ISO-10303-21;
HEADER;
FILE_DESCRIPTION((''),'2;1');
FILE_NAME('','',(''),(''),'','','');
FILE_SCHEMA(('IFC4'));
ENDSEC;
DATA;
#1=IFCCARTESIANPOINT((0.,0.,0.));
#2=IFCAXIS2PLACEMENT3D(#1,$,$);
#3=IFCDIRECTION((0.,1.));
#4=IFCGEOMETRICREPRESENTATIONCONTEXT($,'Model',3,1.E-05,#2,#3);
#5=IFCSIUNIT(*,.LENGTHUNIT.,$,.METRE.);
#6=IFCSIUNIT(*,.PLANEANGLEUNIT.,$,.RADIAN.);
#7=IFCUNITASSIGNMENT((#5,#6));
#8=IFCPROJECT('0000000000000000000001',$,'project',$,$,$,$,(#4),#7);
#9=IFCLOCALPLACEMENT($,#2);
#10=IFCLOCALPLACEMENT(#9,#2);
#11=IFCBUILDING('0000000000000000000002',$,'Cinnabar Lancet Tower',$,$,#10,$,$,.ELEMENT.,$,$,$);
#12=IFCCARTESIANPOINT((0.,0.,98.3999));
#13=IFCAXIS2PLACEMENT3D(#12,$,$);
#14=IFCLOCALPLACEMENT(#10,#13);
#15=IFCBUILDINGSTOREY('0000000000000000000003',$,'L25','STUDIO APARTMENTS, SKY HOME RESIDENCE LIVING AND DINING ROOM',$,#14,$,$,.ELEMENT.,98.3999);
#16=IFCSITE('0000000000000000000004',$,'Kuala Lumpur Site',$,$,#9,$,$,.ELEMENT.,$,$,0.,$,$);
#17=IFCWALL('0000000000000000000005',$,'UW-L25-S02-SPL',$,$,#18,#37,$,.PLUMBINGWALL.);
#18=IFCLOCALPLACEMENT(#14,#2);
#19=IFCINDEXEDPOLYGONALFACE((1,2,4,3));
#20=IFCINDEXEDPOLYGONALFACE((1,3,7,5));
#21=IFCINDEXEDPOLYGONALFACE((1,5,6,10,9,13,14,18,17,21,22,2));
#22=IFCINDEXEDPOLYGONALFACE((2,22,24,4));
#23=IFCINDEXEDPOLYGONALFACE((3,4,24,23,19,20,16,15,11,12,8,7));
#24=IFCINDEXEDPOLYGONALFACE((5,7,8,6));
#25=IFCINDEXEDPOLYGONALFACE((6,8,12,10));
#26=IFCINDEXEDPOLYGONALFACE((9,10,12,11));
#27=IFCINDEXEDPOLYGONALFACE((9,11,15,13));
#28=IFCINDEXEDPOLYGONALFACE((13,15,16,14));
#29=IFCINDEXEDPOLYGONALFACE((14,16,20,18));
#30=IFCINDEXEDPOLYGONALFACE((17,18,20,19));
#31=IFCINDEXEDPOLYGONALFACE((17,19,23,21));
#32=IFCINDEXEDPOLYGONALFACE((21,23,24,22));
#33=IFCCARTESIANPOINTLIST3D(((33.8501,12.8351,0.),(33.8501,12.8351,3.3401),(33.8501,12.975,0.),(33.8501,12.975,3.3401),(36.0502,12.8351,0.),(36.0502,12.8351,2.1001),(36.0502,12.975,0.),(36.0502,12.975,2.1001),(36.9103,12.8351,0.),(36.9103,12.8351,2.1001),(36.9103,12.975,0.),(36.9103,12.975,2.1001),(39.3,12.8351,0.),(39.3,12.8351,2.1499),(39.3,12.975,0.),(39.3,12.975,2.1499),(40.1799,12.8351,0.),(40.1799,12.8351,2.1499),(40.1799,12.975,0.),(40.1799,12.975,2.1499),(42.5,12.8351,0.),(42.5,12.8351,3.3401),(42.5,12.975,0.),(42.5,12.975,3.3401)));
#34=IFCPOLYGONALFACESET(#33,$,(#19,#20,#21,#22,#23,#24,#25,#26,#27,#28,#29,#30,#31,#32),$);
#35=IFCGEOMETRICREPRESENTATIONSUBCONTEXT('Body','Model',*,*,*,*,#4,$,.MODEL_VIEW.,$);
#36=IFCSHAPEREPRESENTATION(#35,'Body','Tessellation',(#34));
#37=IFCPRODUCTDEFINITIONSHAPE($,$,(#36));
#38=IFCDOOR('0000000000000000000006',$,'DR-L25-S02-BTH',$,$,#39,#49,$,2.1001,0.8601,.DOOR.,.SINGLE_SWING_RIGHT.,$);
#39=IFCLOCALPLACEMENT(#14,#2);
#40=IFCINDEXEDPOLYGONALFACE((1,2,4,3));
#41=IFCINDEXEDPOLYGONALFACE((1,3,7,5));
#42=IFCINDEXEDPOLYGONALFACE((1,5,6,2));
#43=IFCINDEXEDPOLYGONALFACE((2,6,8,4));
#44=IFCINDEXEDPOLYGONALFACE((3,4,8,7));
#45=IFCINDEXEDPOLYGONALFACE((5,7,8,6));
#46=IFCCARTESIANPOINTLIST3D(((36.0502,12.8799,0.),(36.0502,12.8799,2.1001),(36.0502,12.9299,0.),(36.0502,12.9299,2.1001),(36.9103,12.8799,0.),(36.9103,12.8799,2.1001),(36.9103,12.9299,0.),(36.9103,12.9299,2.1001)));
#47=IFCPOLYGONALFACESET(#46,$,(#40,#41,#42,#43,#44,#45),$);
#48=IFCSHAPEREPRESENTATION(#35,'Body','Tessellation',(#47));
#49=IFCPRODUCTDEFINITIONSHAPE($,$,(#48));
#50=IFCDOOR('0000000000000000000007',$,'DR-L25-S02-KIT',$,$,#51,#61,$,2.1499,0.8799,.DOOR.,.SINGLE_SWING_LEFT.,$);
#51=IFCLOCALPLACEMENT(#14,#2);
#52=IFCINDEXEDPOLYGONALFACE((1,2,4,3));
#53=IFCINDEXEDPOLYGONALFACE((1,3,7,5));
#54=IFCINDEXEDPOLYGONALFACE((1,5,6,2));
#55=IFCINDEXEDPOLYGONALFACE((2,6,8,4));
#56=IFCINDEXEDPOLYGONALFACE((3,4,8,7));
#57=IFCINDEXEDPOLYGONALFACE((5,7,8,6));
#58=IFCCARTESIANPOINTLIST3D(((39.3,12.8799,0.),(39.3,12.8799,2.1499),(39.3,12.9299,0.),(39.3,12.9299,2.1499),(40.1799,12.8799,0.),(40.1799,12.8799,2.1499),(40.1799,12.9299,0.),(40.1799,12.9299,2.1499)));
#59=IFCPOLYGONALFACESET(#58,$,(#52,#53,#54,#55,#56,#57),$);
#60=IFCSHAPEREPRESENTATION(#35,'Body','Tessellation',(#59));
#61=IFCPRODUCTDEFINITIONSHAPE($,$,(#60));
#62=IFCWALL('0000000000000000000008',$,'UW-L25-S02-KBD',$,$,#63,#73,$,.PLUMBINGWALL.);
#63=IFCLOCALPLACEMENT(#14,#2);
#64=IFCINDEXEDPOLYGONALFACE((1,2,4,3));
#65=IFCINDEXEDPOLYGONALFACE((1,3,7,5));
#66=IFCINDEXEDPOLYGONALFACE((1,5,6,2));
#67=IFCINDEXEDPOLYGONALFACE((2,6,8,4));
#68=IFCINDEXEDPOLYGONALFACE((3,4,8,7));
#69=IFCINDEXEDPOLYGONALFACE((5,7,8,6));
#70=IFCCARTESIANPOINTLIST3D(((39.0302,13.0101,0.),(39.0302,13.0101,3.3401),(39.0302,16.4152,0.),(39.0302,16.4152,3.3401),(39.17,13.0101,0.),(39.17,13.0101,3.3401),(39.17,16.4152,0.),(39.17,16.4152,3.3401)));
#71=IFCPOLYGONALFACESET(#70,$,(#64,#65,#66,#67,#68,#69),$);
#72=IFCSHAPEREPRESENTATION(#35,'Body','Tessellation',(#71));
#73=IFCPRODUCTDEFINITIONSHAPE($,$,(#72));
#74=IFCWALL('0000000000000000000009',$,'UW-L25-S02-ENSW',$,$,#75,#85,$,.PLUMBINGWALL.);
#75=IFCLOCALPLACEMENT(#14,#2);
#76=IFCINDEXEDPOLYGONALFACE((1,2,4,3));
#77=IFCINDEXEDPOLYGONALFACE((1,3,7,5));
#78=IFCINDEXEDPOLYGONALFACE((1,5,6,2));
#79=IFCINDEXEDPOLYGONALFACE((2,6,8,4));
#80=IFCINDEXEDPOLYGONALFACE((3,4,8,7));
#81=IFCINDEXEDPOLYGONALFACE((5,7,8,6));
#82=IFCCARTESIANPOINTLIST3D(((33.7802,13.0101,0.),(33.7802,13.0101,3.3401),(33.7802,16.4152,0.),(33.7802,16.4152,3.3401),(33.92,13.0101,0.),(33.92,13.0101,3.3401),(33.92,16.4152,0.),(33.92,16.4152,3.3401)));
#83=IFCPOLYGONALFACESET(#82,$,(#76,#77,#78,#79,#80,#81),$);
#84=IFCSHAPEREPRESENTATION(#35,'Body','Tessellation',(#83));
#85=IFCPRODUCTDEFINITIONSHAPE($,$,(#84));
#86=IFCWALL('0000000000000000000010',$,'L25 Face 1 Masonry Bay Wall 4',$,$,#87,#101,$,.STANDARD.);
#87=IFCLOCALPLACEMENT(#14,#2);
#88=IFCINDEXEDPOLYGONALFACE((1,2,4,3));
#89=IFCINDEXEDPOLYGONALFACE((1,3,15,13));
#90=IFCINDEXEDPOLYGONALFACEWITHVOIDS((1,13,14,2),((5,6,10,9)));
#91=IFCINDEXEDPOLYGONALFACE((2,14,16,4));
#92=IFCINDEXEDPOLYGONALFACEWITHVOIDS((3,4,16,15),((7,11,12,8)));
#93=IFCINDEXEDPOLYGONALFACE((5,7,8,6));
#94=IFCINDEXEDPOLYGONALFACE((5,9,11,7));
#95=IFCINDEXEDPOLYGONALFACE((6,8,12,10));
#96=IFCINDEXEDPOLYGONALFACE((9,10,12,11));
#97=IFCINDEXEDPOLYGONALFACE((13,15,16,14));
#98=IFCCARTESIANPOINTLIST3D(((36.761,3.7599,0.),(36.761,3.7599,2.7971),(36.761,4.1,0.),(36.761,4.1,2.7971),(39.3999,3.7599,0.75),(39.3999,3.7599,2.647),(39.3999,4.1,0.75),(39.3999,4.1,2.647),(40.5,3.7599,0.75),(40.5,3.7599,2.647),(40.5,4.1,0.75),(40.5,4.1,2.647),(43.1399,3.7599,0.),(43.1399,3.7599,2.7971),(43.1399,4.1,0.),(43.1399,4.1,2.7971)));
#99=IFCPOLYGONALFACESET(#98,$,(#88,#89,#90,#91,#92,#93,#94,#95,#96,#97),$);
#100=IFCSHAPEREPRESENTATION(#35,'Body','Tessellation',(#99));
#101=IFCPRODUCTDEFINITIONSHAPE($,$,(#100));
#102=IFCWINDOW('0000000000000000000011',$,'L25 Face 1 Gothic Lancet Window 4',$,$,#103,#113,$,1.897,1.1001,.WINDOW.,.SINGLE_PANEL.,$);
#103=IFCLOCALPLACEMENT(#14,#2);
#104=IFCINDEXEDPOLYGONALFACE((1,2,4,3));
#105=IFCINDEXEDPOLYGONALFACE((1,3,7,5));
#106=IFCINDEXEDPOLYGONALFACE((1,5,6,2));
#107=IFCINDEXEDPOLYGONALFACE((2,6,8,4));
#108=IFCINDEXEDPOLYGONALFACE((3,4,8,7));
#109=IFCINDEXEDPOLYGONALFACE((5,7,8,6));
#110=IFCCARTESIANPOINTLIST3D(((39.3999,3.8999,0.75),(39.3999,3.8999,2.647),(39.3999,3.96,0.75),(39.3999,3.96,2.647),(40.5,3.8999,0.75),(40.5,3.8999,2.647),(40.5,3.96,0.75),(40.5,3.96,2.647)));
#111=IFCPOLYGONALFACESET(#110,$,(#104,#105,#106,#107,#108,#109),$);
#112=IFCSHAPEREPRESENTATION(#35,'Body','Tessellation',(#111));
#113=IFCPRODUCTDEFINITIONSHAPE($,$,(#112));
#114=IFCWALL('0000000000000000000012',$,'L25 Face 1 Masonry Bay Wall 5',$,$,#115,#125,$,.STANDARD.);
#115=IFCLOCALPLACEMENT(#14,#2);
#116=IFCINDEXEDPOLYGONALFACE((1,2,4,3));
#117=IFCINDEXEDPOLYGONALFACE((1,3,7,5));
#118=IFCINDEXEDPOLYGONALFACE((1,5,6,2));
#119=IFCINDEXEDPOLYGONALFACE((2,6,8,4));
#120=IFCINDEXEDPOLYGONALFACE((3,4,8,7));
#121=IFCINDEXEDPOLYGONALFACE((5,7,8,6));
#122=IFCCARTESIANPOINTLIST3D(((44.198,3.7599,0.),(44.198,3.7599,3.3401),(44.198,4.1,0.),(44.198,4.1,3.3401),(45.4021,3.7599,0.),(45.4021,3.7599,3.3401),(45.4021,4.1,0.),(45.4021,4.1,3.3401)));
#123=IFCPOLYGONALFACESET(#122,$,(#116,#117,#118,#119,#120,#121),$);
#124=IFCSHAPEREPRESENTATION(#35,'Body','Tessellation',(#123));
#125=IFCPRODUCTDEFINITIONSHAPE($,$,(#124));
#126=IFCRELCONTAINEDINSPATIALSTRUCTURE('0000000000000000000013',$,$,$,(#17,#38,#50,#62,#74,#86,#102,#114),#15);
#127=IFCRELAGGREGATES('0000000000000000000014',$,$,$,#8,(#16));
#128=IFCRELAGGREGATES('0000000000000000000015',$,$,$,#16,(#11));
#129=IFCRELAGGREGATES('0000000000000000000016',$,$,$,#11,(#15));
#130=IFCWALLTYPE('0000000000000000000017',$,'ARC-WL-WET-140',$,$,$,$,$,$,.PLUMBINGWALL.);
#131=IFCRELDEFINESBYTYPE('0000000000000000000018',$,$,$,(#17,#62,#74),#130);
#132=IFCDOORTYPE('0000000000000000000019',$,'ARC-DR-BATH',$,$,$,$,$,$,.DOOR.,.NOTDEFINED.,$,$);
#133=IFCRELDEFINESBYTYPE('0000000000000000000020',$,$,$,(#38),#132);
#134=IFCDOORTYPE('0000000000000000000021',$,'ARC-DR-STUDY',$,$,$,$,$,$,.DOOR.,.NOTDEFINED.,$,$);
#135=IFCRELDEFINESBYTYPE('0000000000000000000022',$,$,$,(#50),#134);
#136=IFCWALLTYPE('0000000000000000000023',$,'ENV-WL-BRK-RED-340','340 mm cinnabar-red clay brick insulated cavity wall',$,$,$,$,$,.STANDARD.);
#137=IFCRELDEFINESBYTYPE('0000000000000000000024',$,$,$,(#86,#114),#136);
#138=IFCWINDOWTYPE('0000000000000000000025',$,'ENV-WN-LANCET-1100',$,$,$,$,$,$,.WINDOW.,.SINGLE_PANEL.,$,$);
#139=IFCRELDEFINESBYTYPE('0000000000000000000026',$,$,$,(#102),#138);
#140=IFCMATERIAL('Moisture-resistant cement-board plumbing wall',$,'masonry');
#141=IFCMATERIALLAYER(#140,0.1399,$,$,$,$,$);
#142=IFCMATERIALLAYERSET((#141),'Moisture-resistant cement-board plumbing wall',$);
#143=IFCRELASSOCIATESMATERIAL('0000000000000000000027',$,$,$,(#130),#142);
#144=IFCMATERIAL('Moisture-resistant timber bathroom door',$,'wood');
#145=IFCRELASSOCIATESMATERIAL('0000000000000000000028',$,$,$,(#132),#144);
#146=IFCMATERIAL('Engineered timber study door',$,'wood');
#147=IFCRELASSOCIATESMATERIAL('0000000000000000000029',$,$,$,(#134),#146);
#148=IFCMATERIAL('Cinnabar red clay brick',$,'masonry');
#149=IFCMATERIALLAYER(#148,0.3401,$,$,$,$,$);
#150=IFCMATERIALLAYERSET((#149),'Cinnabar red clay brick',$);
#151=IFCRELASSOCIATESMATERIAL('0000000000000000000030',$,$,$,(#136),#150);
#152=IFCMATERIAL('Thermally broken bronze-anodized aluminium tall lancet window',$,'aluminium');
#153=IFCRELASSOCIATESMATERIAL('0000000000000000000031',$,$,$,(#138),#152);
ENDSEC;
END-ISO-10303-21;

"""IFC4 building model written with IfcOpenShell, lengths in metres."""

from ifc_helpers import new_model, si_unit, direction, frame, frame_2d, origin, place, context, subcontext, project, spatial, rectangle, extrude, material, layer, layer_set, type_object, element, fill, save


model = new_model("IFC4")

# Units and contexts
model_context = context("Model", 3, precision=1e-05, world=origin(), true_north=direction((0.0, 1.0)))
body_context = subcontext(model_context, "Body", "Model", "MODEL_VIEW")
ifc_project = project(units=[si_unit("LENGTHUNIT", "METRE"), si_unit("PLANEANGLEUNIT", "RADIAN")], contexts=[model_context])

# Site, building, storey
site_placement = place(None, origin())
site = spatial("IfcSite", under=ifc_project, at=site_placement, Name="Kuala Lumpur Site", CompositionType="ELEMENT", RefElevation=0.0)
building_placement = place(site_placement, origin())
building = spatial("IfcBuilding", under=site, at=building_placement, Name="Cinnabar Lancet Tower", CompositionType="ELEMENT")
storey_placement = place(building_placement, frame((0.0, 0.0, 98.3999)))
storey = spatial("IfcBuildingStorey", under=building, at=storey_placement, Name="L25", Description="STUDIO APARTMENTS, SKY HOME RESIDENCE LIVING AND DINING ROOM", CompositionType="ELEMENT", Elevation=98.3999)

# Wall, openings, doors
ifc_material_1 = material(Name="Moisture-resistant cement-board plumbing wall", Category="masonry")
ifc_layer_1 = layer(ifc_material_1, 0.1399)
ifc_layer_set_1 = layer_set([ifc_layer_1], Name="Moisture-resistant cement-board plumbing wall")
wall_type_1 = type_object("IfcWallType", Name="ARC-WL-WET-140", PredefinedType="PLUMBINGWALL", material=ifc_layer_set_1)
wall_1_placement = place(storey_placement, frame((33.8501, 12.905, 0.0), z_axis=(0.0, 0.0, 1.0), x_axis=(1.0, 0.0, 0.0)))
wall_1 = element("IfcWall", 1, at=wall_1_placement, inside=storey, type_object=wall_type_1, Name="UW-L25-S02-SPL", PredefinedType="PLUMBINGWALL", context=body_context, shape_type="SweptSolid", body=[
    extrude(rectangle(XDim=8.6499, YDim=0.1399, at=frame_2d((4.325, 0.0))), origin(), (0.0, 0.0, 1.0), 3.3401),
])
opening_1_placement = place(wall_1_placement, frame((2.2, 0.0, 0.0)))
opening_1 = element("IfcOpeningElement", 2, at=opening_1_placement, cuts=wall_1, PredefinedType="OPENING", context=body_context, shape_type="SweptSolid", body=[
    extrude(rectangle(XDim=0.8601, YDim=2.1001, at=frame_2d((0.4302, 1.05))), frame((0.0, 0.0798, 0.0), z_axis=(0.0, -1.0, 0.0), x_axis=(1.0, 0.0, 0.0)), (0.0, 0.0, 1.0), 0.1599),
])
opening_2_placement = place(wall_1_placement, frame((5.45, 0.0, 0.0)))
opening_2 = element("IfcOpeningElement", 3, at=opening_2_placement, cuts=wall_1, PredefinedType="OPENING", context=body_context, shape_type="SweptSolid", body=[
    extrude(rectangle(XDim=0.8799, YDim=2.1499, at=frame_2d((0.4399, 1.075))), frame((0.0, 0.0798, 0.0), z_axis=(0.0, -1.0, 0.0), x_axis=(1.0, 0.0, 0.0)), (0.0, 0.0, 1.0), 0.1599),
])
ifc_material_2 = material(Name="Moisture-resistant timber bathroom door", Category="wood")
door_type_1 = type_object("IfcDoorType", Name="ARC-DR-BATH", OperationType="NOTDEFINED", PredefinedType="DOOR", material=ifc_material_2)
door_1_placement = place(opening_1_placement, origin())
door_1 = element("IfcDoor", 4, at=door_1_placement, inside=storey, type_object=door_type_1, Name="DR-L25-S02-BTH", OperationType="SINGLE_SWING_RIGHT", OverallHeight=2.1001, OverallWidth=0.8601, PredefinedType="DOOR", context=body_context, shape_type="SweptSolid", body=[
    extrude(rectangle(XDim=0.8601, YDim=2.1001, at=frame_2d((0.4302, 1.05))), frame((0.0, 0.0249, 0.0), z_axis=(0.0, -1.0, 0.0), x_axis=(1.0, 0.0, 0.0)), (0.0, 0.0, 1.0), 0.05),
])
fill(opening_1, door_1)
ifc_material_3 = material(Name="Engineered timber study door", Category="wood")
door_type_2 = type_object("IfcDoorType", Name="ARC-DR-STUDY", OperationType="NOTDEFINED", PredefinedType="DOOR", material=ifc_material_3)
door_2_placement = place(opening_2_placement, origin())
door_2 = element("IfcDoor", 5, at=door_2_placement, inside=storey, type_object=door_type_2, Name="DR-L25-S02-KIT", OperationType="SINGLE_SWING_LEFT", OverallHeight=2.1499, OverallWidth=0.8799, PredefinedType="DOOR", context=body_context, shape_type="SweptSolid", body=[
    extrude(rectangle(XDim=0.8799, YDim=2.1499, at=frame_2d((0.4399, 1.075))), frame((0.0, 0.0249, 0.0), z_axis=(0.0, -1.0, 0.0), x_axis=(1.0, 0.0, 0.0)), (0.0, 0.0, 1.0), 0.05),
])
fill(opening_2, door_2)

# Walls
for number, where, z_axis, x_axis, name in (
    (6, (39.1001, 13.01, 0.0), (0.0, 0.0, 1.0), (0.0, 1.0, 0.0), "UW-L25-S02-KBD"),
    (7, (33.8501, 13.01, 0.0), (0.0, 0.0, 1.0), (0.0, 1.0, 0.0), "UW-L25-S02-ENSW"),
):
    element("IfcWall", number, at=place(storey_placement, frame(where, z_axis=z_axis, x_axis=x_axis)), inside=storey, type_object=wall_type_1, Name=name, PredefinedType="PLUMBINGWALL", context=body_context, shape_type="SweptSolid", body=[
        extrude(rectangle(XDim=3.405, YDim=0.1399, at=frame_2d((1.7026, 0.0))), origin(), (0.0, 0.0, 1.0), 3.3401),
    ])

# Wall, opening, window
ifc_material_4 = material(Name="Cinnabar red clay brick", Category="masonry")
ifc_layer_2 = layer(ifc_material_4, 0.3401)
ifc_layer_set_2 = layer_set([ifc_layer_2], Name="Cinnabar red clay brick")
wall_type_2 = type_object("IfcWallType", Name="ENV-WL-BRK-RED-340", Description="340 mm cinnabar-red clay brick insulated cavity wall", PredefinedType="STANDARD", material=ifc_layer_set_2)
wall_2_placement = place(storey_placement, frame((36.761, 3.9299, 0.0), z_axis=(0.0, 0.0, 1.0), x_axis=(1.0, 0.0, 0.0)))
wall_2 = element("IfcWall", 8, at=wall_2_placement, inside=storey, type_object=wall_type_2, Name="L25 Face 1 Masonry Bay Wall 4", PredefinedType="STANDARD", context=body_context, shape_type="SweptSolid", body=[
    extrude(rectangle(XDim=6.3789, YDim=0.3401, at=frame_2d((3.1895, 0.0))), origin(), (0.0, 0.0, 1.0), 2.7971),
])
opening_3_placement = place(wall_2_placement, frame((2.6389, 0.0, 0.75)))
opening_3 = element("IfcOpeningElement", 9, at=opening_3_placement, cuts=wall_2, PredefinedType="OPENING", context=body_context, shape_type="SweptSolid", body=[
    extrude(rectangle(XDim=1.1001, YDim=1.897, at=frame_2d((0.55, 0.9485))), frame((0.0, 0.1799, 0.0), z_axis=(0.0, -1.0, 0.0), x_axis=(1.0, 0.0, 0.0)), (0.0, 0.0, 1.0), 0.3601),
])
ifc_material_5 = material(Name="Thermally broken bronze-anodized aluminium tall lancet window", Category="aluminium")
window_type = type_object("IfcWindowType", Name="ENV-WN-LANCET-1100", PartitioningType="SINGLE_PANEL", PredefinedType="WINDOW", material=ifc_material_5)
window_placement = place(opening_3_placement, origin())
window = element("IfcWindow", 10, at=window_placement, inside=storey, type_object=window_type, Name="L25 Face 1 Gothic Lancet Window 4", OverallHeight=1.897, OverallWidth=1.1001, PartitioningType="SINGLE_PANEL", PredefinedType="WINDOW", context=body_context, shape_type="SweptSolid", body=[
    extrude(rectangle(XDim=1.1001, YDim=1.897, at=frame_2d((0.55, 0.9485))), frame((0.0, 0.03, 0.0), z_axis=(0.0, -1.0, 0.0), x_axis=(1.0, 0.0, 0.0)), (0.0, 0.0, 1.0), 0.0601),
])
fill(opening_3, window)

# Wall
wall_3_placement = place(storey_placement, frame((44.198, 3.9299, 0.0), z_axis=(0.0, 0.0, 1.0), x_axis=(1.0, 0.0, 0.0)))
element("IfcWall", 11, at=wall_3_placement, inside=storey, type_object=wall_type_2, Name="L25 Face 1 Masonry Bay Wall 5", PredefinedType="STANDARD", context=body_context, shape_type="SweptSolid", body=[
    extrude(rectangle(XDim=1.2041, YDim=0.3401, at=frame_2d((0.6021, 0.0))), origin(), (0.0, 0.0, 1.0), 3.3401),
])

save(model, "model.ifc")
